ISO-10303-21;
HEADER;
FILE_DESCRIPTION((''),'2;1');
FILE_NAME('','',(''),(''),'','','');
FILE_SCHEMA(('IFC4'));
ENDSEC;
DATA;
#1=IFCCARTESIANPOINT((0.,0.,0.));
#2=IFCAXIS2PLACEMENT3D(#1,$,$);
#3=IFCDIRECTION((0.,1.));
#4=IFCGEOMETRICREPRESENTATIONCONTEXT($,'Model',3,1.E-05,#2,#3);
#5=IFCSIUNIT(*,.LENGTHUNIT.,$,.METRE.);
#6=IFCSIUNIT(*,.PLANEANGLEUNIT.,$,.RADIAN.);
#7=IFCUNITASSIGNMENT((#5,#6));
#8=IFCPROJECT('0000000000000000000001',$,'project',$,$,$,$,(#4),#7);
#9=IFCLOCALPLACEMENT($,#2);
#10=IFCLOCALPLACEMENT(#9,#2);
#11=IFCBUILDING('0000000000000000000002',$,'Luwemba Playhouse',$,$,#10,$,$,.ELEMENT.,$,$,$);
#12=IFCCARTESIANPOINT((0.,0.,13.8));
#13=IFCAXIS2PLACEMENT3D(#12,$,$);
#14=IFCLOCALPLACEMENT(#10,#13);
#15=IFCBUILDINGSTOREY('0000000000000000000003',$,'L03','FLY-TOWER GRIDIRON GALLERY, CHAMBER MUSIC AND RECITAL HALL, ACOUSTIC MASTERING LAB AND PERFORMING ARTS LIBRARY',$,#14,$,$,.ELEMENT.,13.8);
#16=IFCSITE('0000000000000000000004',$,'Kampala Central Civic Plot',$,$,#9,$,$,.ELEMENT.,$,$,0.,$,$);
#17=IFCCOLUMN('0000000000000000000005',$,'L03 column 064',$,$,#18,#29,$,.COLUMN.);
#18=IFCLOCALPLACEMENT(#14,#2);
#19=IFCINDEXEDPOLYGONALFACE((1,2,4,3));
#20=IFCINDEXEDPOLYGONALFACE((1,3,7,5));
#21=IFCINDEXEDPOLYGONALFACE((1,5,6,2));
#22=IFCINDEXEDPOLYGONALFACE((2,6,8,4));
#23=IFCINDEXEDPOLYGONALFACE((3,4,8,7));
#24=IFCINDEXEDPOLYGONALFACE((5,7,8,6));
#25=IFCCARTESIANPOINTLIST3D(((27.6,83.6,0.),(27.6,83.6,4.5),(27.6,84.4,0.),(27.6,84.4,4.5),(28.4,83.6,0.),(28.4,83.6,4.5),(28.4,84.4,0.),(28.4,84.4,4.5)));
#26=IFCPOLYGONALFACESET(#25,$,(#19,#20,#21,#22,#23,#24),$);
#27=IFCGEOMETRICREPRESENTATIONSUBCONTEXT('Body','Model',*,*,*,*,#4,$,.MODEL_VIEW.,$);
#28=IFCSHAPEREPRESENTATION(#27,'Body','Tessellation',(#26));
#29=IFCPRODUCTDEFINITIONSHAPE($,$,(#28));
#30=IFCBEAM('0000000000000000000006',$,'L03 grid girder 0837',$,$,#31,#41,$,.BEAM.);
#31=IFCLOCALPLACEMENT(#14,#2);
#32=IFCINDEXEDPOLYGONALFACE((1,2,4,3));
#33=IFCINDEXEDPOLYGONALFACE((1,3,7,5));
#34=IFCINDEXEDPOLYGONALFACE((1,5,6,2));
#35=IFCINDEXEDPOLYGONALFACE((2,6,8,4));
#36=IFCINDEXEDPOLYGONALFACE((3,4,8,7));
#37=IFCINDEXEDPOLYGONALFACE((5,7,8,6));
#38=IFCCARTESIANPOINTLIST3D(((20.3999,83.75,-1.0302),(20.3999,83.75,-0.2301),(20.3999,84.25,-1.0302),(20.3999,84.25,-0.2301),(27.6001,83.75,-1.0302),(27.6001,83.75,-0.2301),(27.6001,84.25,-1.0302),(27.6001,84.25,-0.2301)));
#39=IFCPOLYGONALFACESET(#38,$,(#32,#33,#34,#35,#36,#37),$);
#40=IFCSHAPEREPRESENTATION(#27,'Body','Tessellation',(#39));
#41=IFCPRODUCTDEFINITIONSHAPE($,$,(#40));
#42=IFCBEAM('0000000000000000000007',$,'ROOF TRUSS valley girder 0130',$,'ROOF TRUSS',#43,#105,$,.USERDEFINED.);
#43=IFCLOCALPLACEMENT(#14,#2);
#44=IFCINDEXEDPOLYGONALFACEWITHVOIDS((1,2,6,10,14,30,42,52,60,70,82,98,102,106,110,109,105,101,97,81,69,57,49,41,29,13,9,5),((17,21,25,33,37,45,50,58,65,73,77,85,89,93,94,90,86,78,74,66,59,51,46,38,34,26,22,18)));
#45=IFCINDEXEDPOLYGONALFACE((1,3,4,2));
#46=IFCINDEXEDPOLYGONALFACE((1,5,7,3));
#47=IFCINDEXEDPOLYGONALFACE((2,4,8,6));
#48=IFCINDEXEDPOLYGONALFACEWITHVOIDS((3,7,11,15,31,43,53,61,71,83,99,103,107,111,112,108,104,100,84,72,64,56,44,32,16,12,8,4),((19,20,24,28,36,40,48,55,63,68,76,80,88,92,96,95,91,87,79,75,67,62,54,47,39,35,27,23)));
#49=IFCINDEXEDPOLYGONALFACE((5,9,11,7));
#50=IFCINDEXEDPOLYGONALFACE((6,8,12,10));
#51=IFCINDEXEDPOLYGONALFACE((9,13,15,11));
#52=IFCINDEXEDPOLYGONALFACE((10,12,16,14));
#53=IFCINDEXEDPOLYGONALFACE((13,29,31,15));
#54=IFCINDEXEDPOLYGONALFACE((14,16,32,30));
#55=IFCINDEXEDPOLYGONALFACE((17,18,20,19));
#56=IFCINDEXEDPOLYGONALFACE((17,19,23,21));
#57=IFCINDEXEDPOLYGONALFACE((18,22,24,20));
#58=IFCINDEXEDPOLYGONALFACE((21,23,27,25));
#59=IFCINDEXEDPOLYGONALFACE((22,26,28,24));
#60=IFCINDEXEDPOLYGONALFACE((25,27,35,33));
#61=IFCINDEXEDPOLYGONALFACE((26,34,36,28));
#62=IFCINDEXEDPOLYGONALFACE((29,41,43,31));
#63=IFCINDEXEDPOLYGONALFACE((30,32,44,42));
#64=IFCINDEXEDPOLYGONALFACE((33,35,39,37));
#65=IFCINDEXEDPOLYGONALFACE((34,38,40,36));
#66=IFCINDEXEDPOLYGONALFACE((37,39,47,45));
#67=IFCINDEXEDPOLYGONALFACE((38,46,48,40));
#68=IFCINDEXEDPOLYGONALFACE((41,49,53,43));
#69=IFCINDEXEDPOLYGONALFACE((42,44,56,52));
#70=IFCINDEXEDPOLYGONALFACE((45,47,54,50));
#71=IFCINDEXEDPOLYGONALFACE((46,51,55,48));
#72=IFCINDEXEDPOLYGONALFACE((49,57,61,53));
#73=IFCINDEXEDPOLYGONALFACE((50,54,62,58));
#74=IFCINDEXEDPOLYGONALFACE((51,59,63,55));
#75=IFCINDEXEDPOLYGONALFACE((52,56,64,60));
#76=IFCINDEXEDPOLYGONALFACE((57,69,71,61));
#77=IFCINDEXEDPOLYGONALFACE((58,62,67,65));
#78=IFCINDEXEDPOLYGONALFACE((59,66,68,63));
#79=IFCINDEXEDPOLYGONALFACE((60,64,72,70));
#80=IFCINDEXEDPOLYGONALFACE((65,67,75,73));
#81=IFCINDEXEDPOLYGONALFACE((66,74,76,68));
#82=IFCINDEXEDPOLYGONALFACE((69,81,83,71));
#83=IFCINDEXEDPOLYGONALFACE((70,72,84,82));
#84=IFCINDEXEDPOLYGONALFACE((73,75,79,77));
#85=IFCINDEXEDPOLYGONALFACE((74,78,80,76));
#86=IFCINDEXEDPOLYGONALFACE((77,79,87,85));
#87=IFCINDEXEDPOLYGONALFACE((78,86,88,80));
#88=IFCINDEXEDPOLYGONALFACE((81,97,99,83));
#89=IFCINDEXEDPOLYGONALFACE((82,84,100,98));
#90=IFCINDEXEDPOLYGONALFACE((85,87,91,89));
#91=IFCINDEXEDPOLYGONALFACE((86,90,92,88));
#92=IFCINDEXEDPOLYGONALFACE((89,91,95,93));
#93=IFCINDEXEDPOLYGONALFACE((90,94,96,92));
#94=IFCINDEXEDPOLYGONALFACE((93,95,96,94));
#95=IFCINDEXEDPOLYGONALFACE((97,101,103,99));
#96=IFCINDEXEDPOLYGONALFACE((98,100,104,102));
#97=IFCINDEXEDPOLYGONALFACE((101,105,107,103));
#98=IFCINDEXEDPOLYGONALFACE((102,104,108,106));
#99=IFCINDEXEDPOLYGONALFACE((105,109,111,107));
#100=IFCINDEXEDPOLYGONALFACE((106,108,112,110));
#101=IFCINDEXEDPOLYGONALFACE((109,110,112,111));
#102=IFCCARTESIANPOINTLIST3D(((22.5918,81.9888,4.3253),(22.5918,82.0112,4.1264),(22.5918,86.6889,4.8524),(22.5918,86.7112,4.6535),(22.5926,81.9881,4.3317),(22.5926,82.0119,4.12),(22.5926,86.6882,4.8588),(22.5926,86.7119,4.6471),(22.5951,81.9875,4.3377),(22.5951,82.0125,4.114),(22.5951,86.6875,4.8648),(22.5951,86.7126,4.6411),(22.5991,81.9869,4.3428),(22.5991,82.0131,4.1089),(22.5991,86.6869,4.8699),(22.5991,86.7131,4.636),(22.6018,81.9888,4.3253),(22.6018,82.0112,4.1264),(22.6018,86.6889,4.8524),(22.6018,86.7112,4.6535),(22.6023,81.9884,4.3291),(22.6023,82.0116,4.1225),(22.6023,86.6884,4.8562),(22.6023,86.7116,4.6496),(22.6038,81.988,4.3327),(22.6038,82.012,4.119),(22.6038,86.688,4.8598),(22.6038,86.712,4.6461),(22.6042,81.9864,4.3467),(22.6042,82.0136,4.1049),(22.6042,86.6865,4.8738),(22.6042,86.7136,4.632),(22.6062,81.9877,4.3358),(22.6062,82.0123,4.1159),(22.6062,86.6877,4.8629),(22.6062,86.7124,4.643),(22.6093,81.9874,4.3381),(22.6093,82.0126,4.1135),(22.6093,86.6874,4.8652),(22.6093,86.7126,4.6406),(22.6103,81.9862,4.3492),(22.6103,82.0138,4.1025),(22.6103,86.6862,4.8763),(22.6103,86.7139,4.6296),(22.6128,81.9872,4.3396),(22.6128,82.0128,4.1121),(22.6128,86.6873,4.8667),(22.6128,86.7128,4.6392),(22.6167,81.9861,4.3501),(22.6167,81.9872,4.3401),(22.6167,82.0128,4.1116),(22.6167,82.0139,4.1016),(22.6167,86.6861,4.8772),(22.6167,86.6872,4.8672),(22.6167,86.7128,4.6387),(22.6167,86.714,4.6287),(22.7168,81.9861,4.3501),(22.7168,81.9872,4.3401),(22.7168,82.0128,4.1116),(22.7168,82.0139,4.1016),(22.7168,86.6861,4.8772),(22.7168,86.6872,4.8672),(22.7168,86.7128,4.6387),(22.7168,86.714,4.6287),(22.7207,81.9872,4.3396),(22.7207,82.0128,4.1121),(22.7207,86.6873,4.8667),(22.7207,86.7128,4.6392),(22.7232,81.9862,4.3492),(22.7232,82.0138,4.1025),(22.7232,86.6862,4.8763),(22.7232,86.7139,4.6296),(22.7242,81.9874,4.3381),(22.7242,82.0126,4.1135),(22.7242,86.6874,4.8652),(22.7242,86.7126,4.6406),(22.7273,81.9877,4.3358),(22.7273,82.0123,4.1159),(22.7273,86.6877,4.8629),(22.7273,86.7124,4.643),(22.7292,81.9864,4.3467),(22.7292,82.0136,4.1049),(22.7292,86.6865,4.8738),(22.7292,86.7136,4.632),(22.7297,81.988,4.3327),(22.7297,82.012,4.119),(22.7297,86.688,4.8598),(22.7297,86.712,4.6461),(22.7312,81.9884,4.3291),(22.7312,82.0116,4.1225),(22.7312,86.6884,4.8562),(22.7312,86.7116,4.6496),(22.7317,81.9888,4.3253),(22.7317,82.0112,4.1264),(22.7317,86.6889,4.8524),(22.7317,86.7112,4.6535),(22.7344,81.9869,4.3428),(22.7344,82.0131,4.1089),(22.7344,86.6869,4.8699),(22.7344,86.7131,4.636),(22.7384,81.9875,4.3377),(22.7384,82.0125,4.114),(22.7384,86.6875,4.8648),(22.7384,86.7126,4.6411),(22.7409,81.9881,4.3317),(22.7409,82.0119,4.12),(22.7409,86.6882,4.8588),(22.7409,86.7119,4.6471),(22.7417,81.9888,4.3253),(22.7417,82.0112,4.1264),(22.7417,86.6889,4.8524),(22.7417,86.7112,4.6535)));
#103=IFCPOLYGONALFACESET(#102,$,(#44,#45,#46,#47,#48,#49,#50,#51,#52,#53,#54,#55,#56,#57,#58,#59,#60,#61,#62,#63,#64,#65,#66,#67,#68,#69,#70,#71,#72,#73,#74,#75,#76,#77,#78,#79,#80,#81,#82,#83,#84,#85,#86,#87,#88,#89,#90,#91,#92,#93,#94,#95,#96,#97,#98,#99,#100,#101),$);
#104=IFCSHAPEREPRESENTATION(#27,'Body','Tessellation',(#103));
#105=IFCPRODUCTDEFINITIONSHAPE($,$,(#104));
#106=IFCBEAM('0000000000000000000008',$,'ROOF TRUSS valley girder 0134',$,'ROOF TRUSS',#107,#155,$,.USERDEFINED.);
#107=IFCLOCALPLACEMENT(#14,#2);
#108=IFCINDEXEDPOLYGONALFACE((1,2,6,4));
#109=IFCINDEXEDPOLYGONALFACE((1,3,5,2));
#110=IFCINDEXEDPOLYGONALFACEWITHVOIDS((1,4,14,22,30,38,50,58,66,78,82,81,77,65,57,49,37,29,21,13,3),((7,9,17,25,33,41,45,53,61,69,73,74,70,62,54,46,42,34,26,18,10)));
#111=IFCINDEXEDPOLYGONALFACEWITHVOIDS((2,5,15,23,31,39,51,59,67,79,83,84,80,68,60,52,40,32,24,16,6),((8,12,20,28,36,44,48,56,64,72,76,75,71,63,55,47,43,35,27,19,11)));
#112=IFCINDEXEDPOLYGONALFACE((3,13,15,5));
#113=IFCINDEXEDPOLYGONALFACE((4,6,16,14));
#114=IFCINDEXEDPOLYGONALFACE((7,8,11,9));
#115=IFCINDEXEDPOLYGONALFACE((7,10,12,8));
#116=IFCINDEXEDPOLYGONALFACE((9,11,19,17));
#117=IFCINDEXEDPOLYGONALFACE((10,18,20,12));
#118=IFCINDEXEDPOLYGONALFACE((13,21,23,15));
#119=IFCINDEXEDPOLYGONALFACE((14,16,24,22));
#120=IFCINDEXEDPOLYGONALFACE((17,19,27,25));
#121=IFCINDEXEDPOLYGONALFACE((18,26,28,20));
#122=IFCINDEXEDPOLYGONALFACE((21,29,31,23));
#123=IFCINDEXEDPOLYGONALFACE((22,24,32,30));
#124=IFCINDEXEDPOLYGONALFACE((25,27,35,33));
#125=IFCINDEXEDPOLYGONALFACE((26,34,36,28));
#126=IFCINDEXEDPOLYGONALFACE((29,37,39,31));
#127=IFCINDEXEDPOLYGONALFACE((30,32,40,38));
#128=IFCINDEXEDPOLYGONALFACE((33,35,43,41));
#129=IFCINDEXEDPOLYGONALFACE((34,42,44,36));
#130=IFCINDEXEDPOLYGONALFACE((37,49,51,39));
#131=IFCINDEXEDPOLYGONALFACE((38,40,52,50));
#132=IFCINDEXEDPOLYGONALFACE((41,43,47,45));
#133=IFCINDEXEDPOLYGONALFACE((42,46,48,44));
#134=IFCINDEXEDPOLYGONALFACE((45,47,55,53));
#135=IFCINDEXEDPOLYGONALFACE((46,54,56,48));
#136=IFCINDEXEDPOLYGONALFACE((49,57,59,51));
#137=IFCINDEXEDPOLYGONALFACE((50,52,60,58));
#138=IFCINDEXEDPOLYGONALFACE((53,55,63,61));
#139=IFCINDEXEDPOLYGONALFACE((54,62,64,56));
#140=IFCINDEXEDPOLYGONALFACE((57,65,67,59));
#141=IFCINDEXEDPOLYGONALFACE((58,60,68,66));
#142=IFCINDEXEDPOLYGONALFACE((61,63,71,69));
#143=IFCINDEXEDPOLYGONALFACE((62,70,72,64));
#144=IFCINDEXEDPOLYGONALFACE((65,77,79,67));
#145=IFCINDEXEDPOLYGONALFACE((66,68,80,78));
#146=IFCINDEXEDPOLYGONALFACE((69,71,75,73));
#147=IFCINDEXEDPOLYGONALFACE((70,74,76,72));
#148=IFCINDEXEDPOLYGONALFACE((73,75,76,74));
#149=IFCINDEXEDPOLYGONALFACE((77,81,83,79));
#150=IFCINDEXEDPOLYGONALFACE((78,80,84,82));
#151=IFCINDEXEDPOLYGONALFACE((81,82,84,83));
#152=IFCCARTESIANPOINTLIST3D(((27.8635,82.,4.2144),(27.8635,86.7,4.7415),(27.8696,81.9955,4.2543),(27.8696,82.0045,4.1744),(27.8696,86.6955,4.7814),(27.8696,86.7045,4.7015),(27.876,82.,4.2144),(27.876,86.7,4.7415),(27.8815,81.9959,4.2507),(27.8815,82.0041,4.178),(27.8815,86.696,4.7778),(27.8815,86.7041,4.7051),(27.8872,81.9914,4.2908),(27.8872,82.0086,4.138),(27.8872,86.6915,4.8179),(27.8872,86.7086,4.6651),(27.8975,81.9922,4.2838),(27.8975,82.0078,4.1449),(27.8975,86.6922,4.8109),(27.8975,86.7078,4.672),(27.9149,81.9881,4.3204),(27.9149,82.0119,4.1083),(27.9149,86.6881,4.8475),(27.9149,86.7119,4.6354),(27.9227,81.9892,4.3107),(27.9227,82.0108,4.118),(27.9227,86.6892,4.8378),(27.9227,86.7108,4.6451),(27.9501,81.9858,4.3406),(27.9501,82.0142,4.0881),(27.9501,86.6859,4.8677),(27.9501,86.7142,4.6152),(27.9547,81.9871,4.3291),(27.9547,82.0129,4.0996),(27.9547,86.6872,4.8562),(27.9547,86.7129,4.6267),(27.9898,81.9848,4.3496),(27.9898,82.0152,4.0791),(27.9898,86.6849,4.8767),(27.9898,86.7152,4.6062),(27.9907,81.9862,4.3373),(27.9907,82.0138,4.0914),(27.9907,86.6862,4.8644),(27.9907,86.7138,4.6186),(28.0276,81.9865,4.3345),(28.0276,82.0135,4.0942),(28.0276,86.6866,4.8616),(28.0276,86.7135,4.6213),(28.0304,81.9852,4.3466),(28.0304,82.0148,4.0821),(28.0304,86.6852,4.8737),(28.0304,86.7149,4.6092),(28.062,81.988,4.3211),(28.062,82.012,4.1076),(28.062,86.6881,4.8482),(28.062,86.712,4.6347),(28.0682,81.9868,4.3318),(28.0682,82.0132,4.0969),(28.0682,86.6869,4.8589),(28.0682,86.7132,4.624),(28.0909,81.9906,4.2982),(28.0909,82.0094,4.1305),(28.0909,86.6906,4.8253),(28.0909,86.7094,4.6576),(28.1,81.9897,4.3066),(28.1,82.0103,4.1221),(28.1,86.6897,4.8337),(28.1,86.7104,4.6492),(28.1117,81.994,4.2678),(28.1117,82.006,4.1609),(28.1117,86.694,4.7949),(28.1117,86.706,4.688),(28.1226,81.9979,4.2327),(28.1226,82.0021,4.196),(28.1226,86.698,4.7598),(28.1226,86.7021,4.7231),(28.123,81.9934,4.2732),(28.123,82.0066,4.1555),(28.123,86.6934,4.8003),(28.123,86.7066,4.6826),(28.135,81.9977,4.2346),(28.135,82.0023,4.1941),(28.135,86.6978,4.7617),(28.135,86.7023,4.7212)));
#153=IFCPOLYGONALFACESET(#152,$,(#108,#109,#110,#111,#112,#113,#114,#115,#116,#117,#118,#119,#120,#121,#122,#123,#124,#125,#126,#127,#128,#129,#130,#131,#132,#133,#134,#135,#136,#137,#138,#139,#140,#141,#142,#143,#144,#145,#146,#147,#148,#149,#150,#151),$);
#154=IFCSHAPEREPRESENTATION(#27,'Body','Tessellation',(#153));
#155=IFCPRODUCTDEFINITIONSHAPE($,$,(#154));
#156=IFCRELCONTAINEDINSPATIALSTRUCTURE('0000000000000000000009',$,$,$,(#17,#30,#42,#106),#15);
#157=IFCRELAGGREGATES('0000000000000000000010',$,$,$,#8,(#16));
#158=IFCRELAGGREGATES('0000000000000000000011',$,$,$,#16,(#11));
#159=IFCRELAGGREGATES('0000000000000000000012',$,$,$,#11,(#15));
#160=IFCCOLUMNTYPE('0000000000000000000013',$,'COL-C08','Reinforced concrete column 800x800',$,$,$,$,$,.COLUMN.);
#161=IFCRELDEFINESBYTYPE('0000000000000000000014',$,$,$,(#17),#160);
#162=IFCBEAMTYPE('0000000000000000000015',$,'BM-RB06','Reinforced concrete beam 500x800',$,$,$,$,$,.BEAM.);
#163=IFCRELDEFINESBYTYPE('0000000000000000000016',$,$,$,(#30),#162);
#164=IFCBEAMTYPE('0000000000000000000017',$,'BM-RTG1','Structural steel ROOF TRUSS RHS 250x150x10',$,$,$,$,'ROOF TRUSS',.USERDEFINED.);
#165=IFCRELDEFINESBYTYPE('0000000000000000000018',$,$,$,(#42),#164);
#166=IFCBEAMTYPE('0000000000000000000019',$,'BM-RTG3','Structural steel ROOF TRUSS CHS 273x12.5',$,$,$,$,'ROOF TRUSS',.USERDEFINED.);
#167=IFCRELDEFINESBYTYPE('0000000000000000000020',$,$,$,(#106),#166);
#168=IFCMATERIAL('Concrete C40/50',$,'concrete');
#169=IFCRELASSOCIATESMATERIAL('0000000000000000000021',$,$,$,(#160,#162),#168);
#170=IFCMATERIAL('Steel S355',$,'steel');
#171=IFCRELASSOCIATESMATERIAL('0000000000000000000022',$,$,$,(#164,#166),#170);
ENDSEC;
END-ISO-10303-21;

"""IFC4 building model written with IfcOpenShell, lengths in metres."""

from ifc_helpers import new_model, si_unit, direction, frame, origin, origin_2d, place, context, subcontext, project, spatial, rectangle, hollow_rectangle, hollow_circle, extrude, material, material_profile, profile_set, type_object, element, save


model = new_model("IFC4")

# Units and contexts
model_context = context("Model", 3, precision=1e-05, world=origin(), true_north=direction((0.0, 1.0)))
body_context = subcontext(model_context, "Body", "Model", "MODEL_VIEW")
ifc_project = project(units=[si_unit("LENGTHUNIT", "METRE"), si_unit("PLANEANGLEUNIT", "RADIAN")], contexts=[model_context])

# Site, building, storey
site_placement = place(None, origin())
site = spatial("IfcSite", under=ifc_project, at=site_placement, Name="Kampala Central Civic Plot", CompositionType="ELEMENT", RefElevation=0.0)
building_placement = place(site_placement, origin())
building = spatial("IfcBuilding", under=site, at=building_placement, Name="Luwemba Playhouse", CompositionType="ELEMENT")
storey_placement = place(building_placement, frame((0.0, 0.0, 13.8)))
storey = spatial("IfcBuildingStorey", under=building, at=storey_placement, Name="L03", Description="FLY-TOWER GRIDIRON GALLERY, CHAMBER MUSIC AND RECITAL HALL, ACOUSTIC MASTERING LAB AND PERFORMING ARTS LIBRARY", CompositionType="ELEMENT", Elevation=13.8)

# Column
ifc_material_1 = material(Name="Concrete C40/50", Category="concrete")
ifc_material_profile_1 = material_profile(ifc_material_1, rectangle(XDim=0.8, YDim=0.8, at=origin_2d()))
ifc_profile_set_1 = profile_set([ifc_material_profile_1], Name="Concrete C40/50")
column_type = type_object("IfcColumnType", Name="COL-C08", Description="Reinforced concrete column 800x800", PredefinedType="COLUMN", material=ifc_profile_set_1)
column_placement = place(storey_placement, frame((28.0, 84.0, 0.0), z_axis=(0.0, 0.0, 1.0), x_axis=(1.0, 0.0, 0.0)))
element("IfcColumn", 1, at=column_placement, inside=storey, type_object=column_type, Name="L03 column 064", PredefinedType="COLUMN", context=body_context, shape_type="SweptSolid", body=[
    extrude(rectangle(XDim=0.8, YDim=0.8, at=origin_2d()), origin(), (0.0, 0.0, 1.0), 4.5),
])

# Beams
ifc_material_profile_2 = material_profile(ifc_material_1, rectangle(XDim=0.5, YDim=0.8, at=origin_2d()))
ifc_profile_set_2 = profile_set([ifc_material_profile_2], Name="Concrete C40/50")
beam_type_1 = type_object("IfcBeamType", Name="BM-RB06", Description="Reinforced concrete beam 500x800", PredefinedType="BEAM", material=ifc_profile_set_2)
beam_1_placement = place(storey_placement, frame((20.3999, 84.0, -0.6301), z_axis=(1.0, 0.0, 0.0), x_axis=(0.0, 1.0, 0.0)))
element("IfcBeam", 2, at=beam_1_placement, inside=storey, type_object=beam_type_1, Name="L03 grid girder 0837", PredefinedType="BEAM", context=body_context, shape_type="SweptSolid", body=[
    extrude(rectangle(XDim=0.5, YDim=0.8, at=origin_2d()), origin(), (0.0, 0.0, 1.0), 7.2002),
])
ifc_material_2 = material(Name="Steel S355", Category="steel")
ifc_material_profile_3 = material_profile(ifc_material_2, hollow_rectangle(XDim=0.1499, YDim=0.25, WallThickness=0.01, InnerFilletRadius=0.0149, OuterFilletRadius=0.0249, at=origin_2d()))
ifc_profile_set_3 = profile_set([ifc_material_profile_3], Name="Steel S355")
beam_type_2 = type_object("IfcBeamType", Name="BM-RTG1", Description="Structural steel ROOF TRUSS RHS 250x150x10", ElementType="ROOF TRUSS", PredefinedType="USERDEFINED", material=ifc_profile_set_3)
beam_2_placement = place(storey_placement, frame((22.6667, 82.0, 4.2258), z_axis=(0.0, 0.99377, 0.111451), x_axis=(-1.0, 0.0, 0.0)))
element("IfcBeam", 3, at=beam_2_placement, inside=storey, type_object=beam_type_2, Name="ROOF TRUSS valley girder 0130", ObjectType="ROOF TRUSS", PredefinedType="USERDEFINED", context=body_context, shape_type="SweptSolid", body=[
    extrude(hollow_rectangle(XDim=0.1499, YDim=0.25, WallThickness=0.01, InnerFilletRadius=0.0149, OuterFilletRadius=0.0249, at=origin_2d()), origin(), (0.0, 0.0, 1.0), 4.7295),
])
ifc_material_profile_4 = material_profile(ifc_material_2, hollow_circle(Radius=0.1365, WallThickness=0.0125, at=origin_2d()))
ifc_profile_set_4 = profile_set([ifc_material_profile_4], Name="Steel S355")
beam_type_3 = type_object("IfcBeamType", Name="BM-RTG3", Description="Structural steel ROOF TRUSS CHS 273x12.5", ElementType="ROOF TRUSS", PredefinedType="USERDEFINED", material=ifc_profile_set_4)
beam_3_placement = place(storey_placement, frame((28.0, 82.0, 4.2144), z_axis=(0.0, 0.99377, 0.111451), x_axis=(-1.0, 0.0, 0.0)))
element("IfcBeam", 4, at=beam_3_placement, inside=storey, type_object=beam_type_3, Name="ROOF TRUSS valley girder 0134", ObjectType="ROOF TRUSS", PredefinedType="USERDEFINED", context=body_context, shape_type="SweptSolid", body=[
    extrude(hollow_circle(Radius=0.1365, WallThickness=0.0125, at=origin_2d()), origin(), (0.0, 0.0, 1.0), 4.7295),
])

save(model, "model.ifc")
